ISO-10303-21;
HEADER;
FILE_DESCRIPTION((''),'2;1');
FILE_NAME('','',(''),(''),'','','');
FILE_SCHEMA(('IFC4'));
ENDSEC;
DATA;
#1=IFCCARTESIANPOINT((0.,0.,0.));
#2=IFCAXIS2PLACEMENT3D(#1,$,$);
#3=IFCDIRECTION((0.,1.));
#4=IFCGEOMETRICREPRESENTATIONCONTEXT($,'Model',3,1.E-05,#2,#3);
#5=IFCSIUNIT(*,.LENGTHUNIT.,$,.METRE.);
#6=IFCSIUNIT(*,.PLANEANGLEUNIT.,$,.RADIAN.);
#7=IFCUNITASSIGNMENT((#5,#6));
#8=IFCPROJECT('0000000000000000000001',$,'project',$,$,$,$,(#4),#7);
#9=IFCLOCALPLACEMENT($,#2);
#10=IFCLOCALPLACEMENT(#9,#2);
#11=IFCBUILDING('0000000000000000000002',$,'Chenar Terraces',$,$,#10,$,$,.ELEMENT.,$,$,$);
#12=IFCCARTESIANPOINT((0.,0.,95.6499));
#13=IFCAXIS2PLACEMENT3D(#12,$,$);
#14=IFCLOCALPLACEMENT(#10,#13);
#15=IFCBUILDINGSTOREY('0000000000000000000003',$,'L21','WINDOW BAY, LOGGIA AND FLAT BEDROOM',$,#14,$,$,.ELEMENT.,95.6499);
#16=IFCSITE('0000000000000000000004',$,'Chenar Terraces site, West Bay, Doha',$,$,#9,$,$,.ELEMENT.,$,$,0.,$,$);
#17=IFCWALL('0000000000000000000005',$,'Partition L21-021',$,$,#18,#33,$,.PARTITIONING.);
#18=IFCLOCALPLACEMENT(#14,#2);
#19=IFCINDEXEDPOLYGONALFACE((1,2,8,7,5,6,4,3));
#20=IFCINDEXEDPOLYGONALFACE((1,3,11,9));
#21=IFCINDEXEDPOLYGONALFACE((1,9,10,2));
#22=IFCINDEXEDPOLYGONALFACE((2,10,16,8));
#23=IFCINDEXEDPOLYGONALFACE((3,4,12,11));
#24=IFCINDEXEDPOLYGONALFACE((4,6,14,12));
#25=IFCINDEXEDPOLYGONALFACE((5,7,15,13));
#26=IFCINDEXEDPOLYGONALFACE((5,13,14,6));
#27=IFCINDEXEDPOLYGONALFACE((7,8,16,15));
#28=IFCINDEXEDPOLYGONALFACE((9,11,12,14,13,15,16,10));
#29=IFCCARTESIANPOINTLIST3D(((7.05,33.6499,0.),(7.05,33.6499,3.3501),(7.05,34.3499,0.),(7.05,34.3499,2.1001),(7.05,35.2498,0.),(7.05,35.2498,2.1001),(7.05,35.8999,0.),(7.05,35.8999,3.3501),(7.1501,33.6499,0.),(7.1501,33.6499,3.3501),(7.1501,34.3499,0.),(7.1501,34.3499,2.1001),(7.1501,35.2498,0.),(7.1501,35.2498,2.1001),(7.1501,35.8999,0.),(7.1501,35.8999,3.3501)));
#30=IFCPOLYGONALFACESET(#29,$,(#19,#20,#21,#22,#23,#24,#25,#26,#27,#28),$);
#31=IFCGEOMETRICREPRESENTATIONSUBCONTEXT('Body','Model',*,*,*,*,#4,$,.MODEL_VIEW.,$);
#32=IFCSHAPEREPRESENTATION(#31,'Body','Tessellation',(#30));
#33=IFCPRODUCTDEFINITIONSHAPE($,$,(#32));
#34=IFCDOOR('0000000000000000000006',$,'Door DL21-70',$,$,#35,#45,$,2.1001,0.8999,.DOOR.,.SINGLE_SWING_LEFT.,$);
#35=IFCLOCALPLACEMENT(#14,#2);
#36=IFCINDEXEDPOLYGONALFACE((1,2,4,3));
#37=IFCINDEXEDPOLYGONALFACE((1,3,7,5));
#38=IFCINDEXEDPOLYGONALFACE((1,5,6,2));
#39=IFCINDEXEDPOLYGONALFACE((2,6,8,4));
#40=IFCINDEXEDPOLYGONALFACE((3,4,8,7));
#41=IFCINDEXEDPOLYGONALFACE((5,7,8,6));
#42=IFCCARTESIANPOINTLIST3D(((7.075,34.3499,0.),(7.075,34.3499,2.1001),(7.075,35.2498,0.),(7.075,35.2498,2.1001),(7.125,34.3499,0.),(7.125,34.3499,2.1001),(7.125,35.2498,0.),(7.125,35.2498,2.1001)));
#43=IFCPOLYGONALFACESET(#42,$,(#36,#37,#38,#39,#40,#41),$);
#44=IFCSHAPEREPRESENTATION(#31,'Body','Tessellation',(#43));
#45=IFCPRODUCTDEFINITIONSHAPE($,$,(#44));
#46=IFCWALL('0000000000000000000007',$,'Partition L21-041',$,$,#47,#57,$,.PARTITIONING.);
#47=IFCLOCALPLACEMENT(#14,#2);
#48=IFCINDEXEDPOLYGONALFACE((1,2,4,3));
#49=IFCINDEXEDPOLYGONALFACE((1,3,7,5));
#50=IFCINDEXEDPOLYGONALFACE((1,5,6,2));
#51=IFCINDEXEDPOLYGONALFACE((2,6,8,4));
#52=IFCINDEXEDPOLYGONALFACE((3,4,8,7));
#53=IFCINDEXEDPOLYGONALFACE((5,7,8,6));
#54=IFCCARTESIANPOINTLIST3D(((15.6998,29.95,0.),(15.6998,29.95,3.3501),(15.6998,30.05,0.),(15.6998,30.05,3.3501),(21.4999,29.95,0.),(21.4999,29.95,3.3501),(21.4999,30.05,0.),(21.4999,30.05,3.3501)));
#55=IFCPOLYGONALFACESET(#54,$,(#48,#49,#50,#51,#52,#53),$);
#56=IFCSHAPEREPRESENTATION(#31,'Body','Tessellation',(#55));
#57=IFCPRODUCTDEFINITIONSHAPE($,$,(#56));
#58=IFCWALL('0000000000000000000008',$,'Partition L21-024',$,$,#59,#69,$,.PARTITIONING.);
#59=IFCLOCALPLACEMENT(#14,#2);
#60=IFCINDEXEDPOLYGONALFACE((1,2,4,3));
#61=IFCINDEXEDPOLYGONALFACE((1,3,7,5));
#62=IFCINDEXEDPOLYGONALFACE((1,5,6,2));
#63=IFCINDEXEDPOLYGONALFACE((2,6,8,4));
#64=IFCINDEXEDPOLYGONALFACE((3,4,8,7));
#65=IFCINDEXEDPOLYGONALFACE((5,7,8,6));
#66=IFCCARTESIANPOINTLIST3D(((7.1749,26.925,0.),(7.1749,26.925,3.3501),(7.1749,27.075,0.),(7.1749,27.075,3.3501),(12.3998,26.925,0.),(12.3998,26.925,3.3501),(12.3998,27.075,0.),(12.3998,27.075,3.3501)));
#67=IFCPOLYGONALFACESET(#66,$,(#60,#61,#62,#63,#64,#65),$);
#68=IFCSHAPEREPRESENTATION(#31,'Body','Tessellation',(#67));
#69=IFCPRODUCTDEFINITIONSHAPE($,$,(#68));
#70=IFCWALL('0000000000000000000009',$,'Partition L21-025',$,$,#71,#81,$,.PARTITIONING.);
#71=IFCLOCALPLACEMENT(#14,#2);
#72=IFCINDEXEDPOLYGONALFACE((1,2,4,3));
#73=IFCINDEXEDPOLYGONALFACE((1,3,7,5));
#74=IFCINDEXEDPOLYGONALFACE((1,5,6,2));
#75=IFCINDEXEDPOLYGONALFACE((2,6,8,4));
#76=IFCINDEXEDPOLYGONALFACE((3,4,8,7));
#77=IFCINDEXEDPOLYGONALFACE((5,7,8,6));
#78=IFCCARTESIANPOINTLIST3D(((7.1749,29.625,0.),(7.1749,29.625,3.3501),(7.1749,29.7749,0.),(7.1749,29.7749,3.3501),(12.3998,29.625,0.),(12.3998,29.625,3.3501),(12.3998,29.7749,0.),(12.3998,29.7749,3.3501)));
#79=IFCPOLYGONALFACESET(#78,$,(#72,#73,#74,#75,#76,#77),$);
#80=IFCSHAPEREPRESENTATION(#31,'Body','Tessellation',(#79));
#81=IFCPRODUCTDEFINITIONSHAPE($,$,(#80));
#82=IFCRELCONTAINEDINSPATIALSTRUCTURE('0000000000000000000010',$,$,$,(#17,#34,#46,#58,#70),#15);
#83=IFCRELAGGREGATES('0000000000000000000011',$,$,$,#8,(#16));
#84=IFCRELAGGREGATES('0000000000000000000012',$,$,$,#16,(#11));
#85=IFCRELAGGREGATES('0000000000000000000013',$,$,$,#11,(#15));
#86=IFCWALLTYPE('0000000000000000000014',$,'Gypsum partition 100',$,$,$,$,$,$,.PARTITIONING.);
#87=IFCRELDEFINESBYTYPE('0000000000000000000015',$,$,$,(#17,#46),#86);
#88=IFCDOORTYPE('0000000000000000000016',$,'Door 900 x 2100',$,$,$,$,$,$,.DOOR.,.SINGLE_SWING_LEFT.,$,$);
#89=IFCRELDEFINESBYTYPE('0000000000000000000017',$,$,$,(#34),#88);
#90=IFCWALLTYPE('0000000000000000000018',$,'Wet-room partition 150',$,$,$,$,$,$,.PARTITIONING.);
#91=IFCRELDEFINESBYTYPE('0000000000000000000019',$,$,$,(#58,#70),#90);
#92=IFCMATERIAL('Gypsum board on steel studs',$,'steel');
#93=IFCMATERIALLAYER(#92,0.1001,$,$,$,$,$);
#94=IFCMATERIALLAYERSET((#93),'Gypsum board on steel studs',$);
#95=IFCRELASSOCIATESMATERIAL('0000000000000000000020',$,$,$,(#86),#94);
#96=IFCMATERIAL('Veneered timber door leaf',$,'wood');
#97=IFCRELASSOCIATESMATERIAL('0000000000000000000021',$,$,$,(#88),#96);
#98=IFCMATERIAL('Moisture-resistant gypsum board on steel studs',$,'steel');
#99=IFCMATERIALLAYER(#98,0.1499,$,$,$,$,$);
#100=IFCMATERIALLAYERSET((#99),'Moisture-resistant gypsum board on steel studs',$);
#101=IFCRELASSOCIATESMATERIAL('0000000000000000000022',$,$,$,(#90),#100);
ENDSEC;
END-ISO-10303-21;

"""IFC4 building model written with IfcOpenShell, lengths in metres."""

from ifc_helpers import new_model, si_unit, direction, frame, frame_2d, origin, place, context, subcontext, project, spatial, rectangle, extrude, material, layer, layer_set, type_object, element, fill, save


model = new_model("IFC4")

# Units and contexts
model_context = context("Model", 3, precision=1e-05, world=origin(), true_north=direction((0.0, 1.0)))
body_context = subcontext(model_context, "Body", "Model", "MODEL_VIEW")
ifc_project = project(units=[si_unit("LENGTHUNIT", "METRE"), si_unit("PLANEANGLEUNIT", "RADIAN")], contexts=[model_context])

# Site, building, storey
site_placement = place(None, origin())
site = spatial("IfcSite", under=ifc_project, at=site_placement, Name="Chenar Terraces site, West Bay, Doha", CompositionType="ELEMENT", RefElevation=0.0)
building_placement = place(site_placement, origin())
building = spatial("IfcBuilding", under=site, at=building_placement, Name="Chenar Terraces", CompositionType="ELEMENT")
storey_placement = place(building_placement, frame((0.0, 0.0, 95.6499)))
storey = spatial("IfcBuildingStorey", under=building, at=storey_placement, Name="L21", Description="WINDOW BAY, LOGGIA AND FLAT BEDROOM", CompositionType="ELEMENT", Elevation=95.6499)

# Wall, opening, door
ifc_material_1 = material(Name="Gypsum board on steel studs", Category="steel")
ifc_layer_1 = layer(ifc_material_1, 0.1001)
ifc_layer_set_1 = layer_set([ifc_layer_1], Name="Gypsum board on steel studs")
wall_type_1 = type_object("IfcWallType", Name="Gypsum partition 100", PredefinedType="PARTITIONING", material=ifc_layer_set_1)
wall_1_placement = place(storey_placement, frame((7.1001, 33.6499, 0.0), z_axis=(0.0, 0.0, 1.0), x_axis=(0.0, 1.0, 0.0)))
wall_1 = element("IfcWall", 1, at=wall_1_placement, inside=storey, type_object=wall_type_1, Name="Partition L21-021", PredefinedType="PARTITIONING", context=body_context, shape_type="SweptSolid", body=[
    extrude(rectangle(XDim=2.25, YDim=0.1001, at=frame_2d((1.125, 0.0))), origin(), (0.0, 0.0, 1.0), 3.3501),
])
opening_1_placement = place(wall_1_placement, frame((0.7, 0.0, 0.0)))
opening_1 = element("IfcOpeningElement", 2, at=opening_1_placement, cuts=wall_1, PredefinedType="OPENING", context=body_context, shape_type="SweptSolid", body=[
    extrude(rectangle(XDim=0.8999, YDim=2.1001, at=frame_2d((0.45, 1.05))), frame((0.0, 0.0601, 0.0), z_axis=(0.0, -1.0, 0.0), x_axis=(1.0, 0.0, 0.0)), (0.0, 0.0, 1.0), 0.1201),
])
ifc_material_2 = material(Name="Veneered timber door leaf", Category="wood")
door_type_1 = type_object("IfcDoorType", Name="Door 900 x 2100", OperationType="SINGLE_SWING_LEFT", PredefinedType="DOOR", material=ifc_material_2)
door_1_placement = place(opening_1_placement, frame((0.8999, 0.0, 0.0), z_axis=(0.0, 0.0, 1.0), x_axis=(-1.0, 0.0, 0.0)))
door_1 = element("IfcDoor", 3, at=door_1_placement, inside=storey, type_object=door_type_1, Name="Door DL21-70", OperationType="SINGLE_SWING_LEFT", OverallHeight=2.1001, OverallWidth=0.8999, PredefinedType="DOOR", context=body_context, shape_type="SweptSolid", body=[
    extrude(rectangle(XDim=0.8999, YDim=2.1001, at=frame_2d((0.45, 1.05))), frame((0.0, 0.0249, 0.0), z_axis=(0.0, -1.0, 0.0), x_axis=(1.0, 0.0, 0.0)), (0.0, 0.0, 1.0), 0.05),
])
fill(opening_1, door_1)

# Walls
wall_2_placement = place(storey_placement, frame((15.7, 30.0, 0.0), z_axis=(0.0, 0.0, 1.0), x_axis=(1.0, 0.0, 0.0)))
element("IfcWall", 4, at=wall_2_placement, inside=storey, type_object=wall_type_1, Name="Partition L21-041", PredefinedType="PARTITIONING", context=body_context, shape_type="SweptSolid", body=[
    extrude(rectangle(XDim=5.8, YDim=0.1001, at=frame_2d((2.8999, 0.0))), origin(), (0.0, 0.0, 1.0), 3.3501),
])
ifc_material_3 = material(Name="Moisture-resistant gypsum board on steel studs", Category="steel")
ifc_layer_2 = layer(ifc_material_3, 0.1499)
ifc_layer_set_2 = layer_set([ifc_layer_2], Name="Moisture-resistant gypsum board on steel studs")
wall_type_2 = type_object("IfcWallType", Name="Wet-room partition 150", PredefinedType="PARTITIONING", material=ifc_layer_set_2)
for number, where, z_axis, x_axis, name in (
    (5, (7.175, 27.0, 0.0), (0.0, 0.0, 1.0), (1.0, 0.0, 0.0), "Partition L21-024"),
    (6, (7.175, 29.7, 0.0), (0.0, 0.0, 1.0), (1.0, 0.0, 0.0), "Partition L21-025"),
):
    element("IfcWall", number, at=place(storey_placement, frame(where, z_axis=z_axis, x_axis=x_axis)), inside=storey, type_object=wall_type_2, Name=name, PredefinedType="PARTITIONING", context=body_context, shape_type="SweptSolid", body=[
        extrude(rectangle(XDim=5.2249, YDim=0.1499, at=frame_2d((2.6123, 0.0))), origin(), (0.0, 0.0, 1.0), 3.3501),
    ])

save(model, "model.ifc")
